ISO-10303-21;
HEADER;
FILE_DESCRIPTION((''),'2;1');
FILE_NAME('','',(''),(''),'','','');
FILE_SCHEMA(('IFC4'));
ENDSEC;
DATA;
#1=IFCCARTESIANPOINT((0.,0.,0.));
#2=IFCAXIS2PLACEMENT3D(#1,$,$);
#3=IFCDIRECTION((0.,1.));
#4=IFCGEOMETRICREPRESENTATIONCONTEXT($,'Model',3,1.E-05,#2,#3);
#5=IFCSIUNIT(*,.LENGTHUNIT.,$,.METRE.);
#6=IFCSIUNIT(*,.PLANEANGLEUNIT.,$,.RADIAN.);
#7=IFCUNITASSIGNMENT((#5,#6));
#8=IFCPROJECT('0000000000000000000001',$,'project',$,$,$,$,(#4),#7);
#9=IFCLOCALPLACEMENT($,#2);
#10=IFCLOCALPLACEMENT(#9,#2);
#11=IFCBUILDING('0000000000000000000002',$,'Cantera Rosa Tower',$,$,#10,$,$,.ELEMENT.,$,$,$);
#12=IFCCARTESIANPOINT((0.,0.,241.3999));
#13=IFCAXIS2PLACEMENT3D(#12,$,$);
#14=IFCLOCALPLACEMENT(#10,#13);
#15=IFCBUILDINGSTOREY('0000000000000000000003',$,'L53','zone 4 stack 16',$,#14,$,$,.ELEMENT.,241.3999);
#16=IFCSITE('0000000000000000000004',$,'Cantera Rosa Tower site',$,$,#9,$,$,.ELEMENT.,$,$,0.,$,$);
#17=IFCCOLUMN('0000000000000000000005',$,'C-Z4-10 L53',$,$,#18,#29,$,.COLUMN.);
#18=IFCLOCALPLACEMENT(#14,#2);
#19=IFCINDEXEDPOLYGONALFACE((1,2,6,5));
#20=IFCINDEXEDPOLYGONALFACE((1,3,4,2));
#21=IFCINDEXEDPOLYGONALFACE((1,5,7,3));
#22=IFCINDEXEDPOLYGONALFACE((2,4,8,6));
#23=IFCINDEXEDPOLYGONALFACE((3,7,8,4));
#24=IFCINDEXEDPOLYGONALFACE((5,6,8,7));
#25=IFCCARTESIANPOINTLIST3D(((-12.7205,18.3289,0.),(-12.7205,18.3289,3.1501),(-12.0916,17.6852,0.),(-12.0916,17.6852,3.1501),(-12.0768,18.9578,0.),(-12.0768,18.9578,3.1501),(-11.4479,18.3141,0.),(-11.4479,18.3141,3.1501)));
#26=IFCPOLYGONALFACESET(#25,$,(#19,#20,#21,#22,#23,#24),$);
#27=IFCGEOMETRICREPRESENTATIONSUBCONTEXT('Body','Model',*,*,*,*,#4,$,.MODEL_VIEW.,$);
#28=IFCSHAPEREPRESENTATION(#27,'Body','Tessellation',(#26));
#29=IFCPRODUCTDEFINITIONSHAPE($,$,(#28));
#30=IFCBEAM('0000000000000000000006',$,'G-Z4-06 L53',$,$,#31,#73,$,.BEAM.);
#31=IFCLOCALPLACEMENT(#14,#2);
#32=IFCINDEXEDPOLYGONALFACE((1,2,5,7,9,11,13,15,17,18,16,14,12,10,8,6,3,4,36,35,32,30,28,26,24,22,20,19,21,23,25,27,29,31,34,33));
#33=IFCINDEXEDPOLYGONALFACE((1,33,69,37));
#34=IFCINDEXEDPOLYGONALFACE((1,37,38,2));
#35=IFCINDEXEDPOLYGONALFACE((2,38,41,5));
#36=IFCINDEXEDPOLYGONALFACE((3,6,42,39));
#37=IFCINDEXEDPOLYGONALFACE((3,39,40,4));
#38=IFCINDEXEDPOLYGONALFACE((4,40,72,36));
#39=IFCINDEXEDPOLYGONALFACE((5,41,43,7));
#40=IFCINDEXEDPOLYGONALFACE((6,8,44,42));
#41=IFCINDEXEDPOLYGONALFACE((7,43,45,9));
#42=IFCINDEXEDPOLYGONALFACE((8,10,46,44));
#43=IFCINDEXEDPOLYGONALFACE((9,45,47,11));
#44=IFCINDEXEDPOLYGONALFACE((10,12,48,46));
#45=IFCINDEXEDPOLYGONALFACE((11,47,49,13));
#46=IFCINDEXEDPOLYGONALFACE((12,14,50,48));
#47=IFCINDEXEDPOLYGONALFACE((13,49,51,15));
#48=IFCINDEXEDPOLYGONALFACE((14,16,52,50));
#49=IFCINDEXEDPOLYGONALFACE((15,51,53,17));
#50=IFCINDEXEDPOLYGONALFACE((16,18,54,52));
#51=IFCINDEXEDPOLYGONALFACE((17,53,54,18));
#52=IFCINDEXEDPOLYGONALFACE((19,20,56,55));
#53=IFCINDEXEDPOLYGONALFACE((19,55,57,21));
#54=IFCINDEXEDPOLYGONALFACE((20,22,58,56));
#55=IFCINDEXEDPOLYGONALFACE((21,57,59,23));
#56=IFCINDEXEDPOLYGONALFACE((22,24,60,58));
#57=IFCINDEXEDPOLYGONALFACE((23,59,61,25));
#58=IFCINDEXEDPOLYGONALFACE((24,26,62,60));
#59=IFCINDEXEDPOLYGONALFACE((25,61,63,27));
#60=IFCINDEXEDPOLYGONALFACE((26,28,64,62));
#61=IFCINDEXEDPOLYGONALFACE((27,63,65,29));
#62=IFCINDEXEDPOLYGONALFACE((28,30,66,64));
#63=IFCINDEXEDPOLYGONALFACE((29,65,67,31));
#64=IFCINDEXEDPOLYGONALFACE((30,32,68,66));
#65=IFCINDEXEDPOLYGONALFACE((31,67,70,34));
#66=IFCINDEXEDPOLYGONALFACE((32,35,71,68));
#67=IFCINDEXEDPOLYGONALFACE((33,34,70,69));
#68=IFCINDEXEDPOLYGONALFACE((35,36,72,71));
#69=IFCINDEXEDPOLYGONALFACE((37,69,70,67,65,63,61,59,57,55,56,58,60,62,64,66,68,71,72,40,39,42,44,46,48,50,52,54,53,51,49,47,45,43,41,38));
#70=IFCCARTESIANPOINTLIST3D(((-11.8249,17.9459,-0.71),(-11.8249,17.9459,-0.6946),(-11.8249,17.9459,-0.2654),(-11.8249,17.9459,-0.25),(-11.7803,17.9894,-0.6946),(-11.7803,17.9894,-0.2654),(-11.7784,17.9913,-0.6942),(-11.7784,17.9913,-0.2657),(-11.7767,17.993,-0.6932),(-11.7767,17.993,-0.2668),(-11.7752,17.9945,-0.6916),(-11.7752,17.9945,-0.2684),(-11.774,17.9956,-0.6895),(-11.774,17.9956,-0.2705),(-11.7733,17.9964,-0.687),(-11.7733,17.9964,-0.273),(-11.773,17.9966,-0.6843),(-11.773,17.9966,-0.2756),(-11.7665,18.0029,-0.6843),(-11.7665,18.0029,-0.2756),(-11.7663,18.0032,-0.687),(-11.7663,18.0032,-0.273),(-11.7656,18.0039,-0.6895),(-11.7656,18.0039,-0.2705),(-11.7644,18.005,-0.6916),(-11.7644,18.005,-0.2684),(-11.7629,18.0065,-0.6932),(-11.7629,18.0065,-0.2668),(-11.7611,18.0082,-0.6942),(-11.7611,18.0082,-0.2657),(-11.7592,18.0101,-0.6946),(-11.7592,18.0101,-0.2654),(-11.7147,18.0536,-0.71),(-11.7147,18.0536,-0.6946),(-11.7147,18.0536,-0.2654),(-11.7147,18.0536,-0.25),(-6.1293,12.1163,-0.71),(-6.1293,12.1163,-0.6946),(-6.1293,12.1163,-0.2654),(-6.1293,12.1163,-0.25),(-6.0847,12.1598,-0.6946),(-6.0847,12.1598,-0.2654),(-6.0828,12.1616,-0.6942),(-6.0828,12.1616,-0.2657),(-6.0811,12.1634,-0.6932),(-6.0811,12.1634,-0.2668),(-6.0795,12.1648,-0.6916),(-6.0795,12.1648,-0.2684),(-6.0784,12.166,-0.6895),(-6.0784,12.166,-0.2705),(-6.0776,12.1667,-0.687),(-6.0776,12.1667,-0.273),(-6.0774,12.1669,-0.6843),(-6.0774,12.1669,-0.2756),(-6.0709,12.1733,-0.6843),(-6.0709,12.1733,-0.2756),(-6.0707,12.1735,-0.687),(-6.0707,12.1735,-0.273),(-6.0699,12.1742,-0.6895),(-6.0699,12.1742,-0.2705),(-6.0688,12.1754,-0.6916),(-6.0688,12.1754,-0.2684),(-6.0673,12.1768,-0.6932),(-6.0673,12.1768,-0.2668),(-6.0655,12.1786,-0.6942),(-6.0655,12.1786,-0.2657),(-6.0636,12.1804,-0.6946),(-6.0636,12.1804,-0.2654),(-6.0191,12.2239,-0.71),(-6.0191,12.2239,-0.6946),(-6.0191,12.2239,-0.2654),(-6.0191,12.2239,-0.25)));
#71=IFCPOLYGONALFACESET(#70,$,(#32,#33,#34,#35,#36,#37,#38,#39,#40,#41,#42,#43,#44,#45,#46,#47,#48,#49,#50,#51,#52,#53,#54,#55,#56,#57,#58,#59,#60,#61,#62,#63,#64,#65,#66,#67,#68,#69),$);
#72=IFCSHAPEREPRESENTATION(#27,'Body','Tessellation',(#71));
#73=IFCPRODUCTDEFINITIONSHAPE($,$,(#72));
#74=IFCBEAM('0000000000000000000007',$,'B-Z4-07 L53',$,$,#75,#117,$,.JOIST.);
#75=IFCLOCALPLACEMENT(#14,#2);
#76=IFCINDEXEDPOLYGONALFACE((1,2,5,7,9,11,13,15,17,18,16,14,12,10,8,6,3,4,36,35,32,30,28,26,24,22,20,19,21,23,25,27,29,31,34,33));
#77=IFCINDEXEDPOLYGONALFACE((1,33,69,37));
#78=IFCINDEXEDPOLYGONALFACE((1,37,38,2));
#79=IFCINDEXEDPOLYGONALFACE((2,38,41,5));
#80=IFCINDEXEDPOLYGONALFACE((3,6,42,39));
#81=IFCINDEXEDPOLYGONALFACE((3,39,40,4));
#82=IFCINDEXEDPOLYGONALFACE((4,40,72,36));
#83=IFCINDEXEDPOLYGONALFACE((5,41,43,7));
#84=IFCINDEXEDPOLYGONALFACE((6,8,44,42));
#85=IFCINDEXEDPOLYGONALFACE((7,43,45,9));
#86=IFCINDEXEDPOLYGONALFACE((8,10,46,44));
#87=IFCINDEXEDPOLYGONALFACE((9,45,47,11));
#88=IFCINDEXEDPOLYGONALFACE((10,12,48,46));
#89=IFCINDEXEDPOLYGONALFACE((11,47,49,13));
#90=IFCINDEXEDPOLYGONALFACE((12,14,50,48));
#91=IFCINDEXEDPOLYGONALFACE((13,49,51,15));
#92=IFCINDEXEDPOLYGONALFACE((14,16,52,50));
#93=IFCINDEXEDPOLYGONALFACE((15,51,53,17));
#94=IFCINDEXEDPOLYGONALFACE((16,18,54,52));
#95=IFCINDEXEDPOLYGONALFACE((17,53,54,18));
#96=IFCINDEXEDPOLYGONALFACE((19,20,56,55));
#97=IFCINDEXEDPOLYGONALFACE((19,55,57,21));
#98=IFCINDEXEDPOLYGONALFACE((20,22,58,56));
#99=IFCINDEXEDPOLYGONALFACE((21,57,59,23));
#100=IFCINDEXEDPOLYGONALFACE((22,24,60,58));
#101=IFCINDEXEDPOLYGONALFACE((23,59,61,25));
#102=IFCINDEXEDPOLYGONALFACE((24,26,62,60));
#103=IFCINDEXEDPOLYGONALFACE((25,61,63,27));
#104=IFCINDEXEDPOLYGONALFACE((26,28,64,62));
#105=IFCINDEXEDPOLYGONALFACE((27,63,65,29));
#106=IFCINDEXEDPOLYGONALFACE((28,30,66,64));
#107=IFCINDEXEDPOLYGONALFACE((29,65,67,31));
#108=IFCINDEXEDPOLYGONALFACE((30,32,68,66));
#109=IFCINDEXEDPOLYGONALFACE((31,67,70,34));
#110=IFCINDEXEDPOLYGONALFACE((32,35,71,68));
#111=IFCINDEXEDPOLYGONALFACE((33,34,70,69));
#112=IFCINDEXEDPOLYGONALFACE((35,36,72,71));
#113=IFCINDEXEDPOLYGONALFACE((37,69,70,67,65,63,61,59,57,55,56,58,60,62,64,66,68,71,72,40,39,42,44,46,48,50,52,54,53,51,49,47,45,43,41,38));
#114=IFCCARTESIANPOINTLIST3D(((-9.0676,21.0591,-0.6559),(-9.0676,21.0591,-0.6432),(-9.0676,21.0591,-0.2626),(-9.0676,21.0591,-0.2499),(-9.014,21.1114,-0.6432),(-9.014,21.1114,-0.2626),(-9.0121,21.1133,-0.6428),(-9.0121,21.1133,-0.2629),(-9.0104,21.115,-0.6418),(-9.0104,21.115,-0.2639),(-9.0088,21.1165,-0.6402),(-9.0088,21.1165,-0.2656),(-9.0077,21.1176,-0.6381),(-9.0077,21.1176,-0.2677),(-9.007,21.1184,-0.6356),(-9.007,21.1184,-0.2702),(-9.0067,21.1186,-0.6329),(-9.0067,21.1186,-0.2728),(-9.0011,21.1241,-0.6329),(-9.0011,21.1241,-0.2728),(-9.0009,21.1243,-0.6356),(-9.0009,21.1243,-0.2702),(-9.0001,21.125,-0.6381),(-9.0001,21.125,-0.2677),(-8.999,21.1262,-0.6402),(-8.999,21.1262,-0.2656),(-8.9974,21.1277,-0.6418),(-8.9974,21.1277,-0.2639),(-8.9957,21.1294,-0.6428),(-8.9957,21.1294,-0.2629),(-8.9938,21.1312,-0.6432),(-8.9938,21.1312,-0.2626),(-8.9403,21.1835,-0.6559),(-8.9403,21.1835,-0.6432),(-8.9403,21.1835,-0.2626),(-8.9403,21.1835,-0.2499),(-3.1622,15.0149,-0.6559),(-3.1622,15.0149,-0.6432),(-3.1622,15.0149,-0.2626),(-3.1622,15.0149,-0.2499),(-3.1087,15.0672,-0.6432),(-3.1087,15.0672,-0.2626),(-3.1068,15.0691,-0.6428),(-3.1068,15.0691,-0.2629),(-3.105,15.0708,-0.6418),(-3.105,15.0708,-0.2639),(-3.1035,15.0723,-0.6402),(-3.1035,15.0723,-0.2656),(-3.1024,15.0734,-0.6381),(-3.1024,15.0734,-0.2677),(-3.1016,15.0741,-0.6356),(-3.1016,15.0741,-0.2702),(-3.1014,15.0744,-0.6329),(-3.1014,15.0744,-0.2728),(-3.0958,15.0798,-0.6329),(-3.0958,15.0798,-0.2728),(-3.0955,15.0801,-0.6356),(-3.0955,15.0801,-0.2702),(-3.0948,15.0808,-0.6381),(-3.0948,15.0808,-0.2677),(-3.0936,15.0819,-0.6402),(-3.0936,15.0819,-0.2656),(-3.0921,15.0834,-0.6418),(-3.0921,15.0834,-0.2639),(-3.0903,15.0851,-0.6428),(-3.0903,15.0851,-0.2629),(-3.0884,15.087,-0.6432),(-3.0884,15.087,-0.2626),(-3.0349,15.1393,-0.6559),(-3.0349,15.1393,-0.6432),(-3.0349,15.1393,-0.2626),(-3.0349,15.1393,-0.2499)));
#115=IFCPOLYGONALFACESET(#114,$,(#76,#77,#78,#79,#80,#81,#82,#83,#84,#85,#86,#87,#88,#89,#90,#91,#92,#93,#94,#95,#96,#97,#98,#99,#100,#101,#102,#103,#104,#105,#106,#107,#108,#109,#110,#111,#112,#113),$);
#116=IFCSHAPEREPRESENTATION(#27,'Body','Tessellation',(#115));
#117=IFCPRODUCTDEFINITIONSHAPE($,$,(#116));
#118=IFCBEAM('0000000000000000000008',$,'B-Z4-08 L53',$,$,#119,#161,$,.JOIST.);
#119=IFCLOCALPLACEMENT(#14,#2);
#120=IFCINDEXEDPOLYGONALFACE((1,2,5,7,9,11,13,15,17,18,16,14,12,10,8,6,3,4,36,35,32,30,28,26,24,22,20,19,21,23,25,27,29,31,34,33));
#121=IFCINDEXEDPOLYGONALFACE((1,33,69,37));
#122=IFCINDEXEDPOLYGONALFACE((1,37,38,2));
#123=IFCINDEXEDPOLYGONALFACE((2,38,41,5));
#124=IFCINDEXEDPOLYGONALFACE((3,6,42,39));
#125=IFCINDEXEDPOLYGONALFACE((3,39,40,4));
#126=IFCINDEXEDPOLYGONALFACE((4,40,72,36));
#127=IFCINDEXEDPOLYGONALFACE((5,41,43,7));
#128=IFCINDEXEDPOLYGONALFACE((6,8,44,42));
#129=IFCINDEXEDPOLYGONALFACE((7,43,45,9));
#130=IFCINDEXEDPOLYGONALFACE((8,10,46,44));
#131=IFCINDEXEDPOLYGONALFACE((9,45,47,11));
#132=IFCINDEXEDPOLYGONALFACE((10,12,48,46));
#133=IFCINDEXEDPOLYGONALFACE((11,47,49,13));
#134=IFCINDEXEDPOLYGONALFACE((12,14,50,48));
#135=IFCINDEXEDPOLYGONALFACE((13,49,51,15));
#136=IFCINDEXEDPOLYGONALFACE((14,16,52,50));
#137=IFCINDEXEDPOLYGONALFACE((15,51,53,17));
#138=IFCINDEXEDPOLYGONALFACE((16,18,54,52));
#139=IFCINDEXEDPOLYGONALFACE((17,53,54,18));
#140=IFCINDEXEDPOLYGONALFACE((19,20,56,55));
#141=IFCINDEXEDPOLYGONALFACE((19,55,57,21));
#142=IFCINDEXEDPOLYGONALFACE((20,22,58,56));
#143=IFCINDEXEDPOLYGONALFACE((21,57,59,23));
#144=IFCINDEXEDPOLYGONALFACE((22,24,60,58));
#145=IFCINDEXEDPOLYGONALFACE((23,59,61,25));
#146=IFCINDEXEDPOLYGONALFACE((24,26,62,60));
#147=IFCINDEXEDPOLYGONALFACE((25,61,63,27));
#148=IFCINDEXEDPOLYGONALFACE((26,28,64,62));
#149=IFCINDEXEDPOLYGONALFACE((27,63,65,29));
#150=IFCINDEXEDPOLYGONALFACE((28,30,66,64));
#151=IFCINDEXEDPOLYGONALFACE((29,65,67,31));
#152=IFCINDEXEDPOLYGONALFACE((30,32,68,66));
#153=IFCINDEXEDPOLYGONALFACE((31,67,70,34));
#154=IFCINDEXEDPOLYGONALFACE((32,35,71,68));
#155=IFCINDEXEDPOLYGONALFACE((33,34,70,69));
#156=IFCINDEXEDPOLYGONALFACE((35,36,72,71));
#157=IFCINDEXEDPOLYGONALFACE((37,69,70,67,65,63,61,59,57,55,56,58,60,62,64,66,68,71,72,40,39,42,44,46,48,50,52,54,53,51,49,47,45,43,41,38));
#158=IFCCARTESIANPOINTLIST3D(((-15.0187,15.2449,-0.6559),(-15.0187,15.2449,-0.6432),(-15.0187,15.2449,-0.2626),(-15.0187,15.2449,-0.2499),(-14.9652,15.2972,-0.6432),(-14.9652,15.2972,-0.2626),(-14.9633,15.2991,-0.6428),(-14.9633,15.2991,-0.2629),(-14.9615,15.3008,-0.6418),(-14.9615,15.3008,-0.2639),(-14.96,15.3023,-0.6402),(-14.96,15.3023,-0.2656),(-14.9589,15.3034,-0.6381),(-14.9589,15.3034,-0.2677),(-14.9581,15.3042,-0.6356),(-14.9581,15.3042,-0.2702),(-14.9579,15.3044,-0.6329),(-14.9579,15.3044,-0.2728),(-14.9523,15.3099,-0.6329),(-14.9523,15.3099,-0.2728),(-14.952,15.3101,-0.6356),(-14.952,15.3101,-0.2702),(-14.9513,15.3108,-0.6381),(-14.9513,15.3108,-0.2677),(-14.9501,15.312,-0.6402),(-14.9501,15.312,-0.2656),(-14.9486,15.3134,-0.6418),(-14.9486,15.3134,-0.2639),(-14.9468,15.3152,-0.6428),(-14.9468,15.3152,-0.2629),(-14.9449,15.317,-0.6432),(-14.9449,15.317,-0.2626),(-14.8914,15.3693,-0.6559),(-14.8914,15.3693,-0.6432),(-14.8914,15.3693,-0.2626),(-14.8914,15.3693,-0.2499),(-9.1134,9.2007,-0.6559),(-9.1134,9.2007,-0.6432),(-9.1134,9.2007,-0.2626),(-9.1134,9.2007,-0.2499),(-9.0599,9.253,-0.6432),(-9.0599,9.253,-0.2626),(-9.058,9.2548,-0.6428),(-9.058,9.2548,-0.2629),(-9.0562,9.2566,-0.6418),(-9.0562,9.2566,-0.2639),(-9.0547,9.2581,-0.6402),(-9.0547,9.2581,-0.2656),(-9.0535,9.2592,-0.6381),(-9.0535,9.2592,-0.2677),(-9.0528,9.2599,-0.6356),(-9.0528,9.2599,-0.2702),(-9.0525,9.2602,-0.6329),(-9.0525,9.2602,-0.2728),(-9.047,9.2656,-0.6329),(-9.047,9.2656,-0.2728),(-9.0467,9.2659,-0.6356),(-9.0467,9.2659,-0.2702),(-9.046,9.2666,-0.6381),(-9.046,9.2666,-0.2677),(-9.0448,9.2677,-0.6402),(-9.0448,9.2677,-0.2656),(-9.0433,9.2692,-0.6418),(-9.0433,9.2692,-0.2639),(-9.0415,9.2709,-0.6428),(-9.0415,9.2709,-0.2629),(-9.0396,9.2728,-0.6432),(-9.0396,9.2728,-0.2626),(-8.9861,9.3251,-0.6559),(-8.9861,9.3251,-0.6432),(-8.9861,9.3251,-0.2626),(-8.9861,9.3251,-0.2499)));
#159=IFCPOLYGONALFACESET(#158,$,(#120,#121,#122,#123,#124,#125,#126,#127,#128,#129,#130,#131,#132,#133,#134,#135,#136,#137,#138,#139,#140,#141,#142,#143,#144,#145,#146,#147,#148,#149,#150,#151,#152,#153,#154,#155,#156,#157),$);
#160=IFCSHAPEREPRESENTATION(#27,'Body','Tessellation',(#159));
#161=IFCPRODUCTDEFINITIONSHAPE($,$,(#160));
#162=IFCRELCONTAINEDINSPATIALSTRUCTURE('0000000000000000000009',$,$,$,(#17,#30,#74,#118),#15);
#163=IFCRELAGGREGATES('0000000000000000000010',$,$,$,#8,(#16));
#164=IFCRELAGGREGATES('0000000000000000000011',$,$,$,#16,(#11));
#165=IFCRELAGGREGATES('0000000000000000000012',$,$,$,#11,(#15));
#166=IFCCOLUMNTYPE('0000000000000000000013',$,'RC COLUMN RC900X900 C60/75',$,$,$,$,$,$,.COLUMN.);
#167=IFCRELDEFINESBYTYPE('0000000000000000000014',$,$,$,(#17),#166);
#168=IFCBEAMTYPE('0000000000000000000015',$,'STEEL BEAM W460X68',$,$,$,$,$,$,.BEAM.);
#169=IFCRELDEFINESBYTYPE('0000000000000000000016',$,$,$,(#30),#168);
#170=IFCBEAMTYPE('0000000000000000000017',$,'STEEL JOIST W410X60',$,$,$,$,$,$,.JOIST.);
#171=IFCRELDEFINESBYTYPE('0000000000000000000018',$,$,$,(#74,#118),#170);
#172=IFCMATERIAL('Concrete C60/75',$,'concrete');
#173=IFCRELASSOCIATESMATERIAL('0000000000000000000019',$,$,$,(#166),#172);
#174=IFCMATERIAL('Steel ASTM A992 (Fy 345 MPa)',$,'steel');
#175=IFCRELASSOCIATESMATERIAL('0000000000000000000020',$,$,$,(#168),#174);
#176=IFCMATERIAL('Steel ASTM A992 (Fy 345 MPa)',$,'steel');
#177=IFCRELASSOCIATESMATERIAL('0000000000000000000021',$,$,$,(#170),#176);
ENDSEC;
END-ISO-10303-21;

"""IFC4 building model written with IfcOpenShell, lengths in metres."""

from ifc_helpers import new_model, si_unit, direction, frame, origin, origin_2d, place, context, subcontext, project, spatial, rectangle, i_section, extrude, material, material_profile, profile_set, type_object, element, save


model = new_model("IFC4")

# Units and contexts
model_context = context("Model", 3, precision=1e-05, world=origin(), true_north=direction((0.0, 1.0)))
body_context = subcontext(model_context, "Body", "Model", "MODEL_VIEW")
ifc_project = project(units=[si_unit("LENGTHUNIT", "METRE"), si_unit("PLANEANGLEUNIT", "RADIAN")], contexts=[model_context])

# Site, building, storey
site_placement = place(None, origin())
site = spatial("IfcSite", under=ifc_project, at=site_placement, Name="Cantera Rosa Tower site", CompositionType="ELEMENT", RefElevation=0.0)
building_placement = place(site_placement, origin())
building = spatial("IfcBuilding", under=site, at=building_placement, Name="Cantera Rosa Tower", CompositionType="ELEMENT")
storey_placement = place(building_placement, frame((0.0, 0.0, 241.3999)))
storey = spatial("IfcBuildingStorey", under=building, at=storey_placement, Name="L53", Description="zone 4 stack 16", CompositionType="ELEMENT", Elevation=241.3999)

# Column
ifc_material_1 = material(Name="Concrete C60/75", Category="concrete")
ifc_material_profile_1 = material_profile(ifc_material_1, rectangle(XDim=0.8999, YDim=0.8999, at=origin_2d()), Name="RC COLUMN RC900X900 C60/75")
ifc_profile_set_1 = profile_set([ifc_material_profile_1], Name="Concrete C60/75")
column_type = type_object("IfcColumnType", Name="RC COLUMN RC900X900 C60/75", PredefinedType="COLUMN", material=ifc_profile_set_1)
column_placement = place(storey_placement, frame((-12.0842, 18.3215, 0.0), z_axis=(0.0, 0.0, 1.0), x_axis=(0.715286, 0.698832, 0.0)))
element("IfcColumn", 1, at=column_placement, inside=storey, type_object=column_type, Name="C-Z4-10 L53", PredefinedType="COLUMN", context=body_context, shape_type="SweptSolid", body=[
    extrude(rectangle(XDim=0.8999, YDim=0.8999, at=origin_2d()), origin(), (0.0, 0.0, 1.0), 3.1501),
])

# Beams
ifc_material_2 = material(Name="Steel ASTM A992 (Fy 345 MPa)", Category="steel")
ifc_material_profile_2 = material_profile(ifc_material_2, i_section(OverallWidth=0.1541, OverallDepth=0.46, WebThickness=0.009, FlangeThickness=0.0154, FilletRadius=0.0103, at=origin_2d()), Name="W460X68")
ifc_profile_set_2 = profile_set([ifc_material_profile_2], Name="Steel ASTM A992 (Fy 345 MPa)")
beam_type_1 = type_object("IfcBeamType", Name="STEEL BEAM W460X68", PredefinedType="BEAM", material=ifc_profile_set_2)
beam_1_placement = place(storey_placement, frame((-11.7698, 17.9998, -0.48), z_axis=(0.698836, -0.715282, 0.0), x_axis=(0.715282, 0.698836, 0.0)))
element("IfcBeam", 2, at=beam_1_placement, inside=storey, type_object=beam_type_1, Name="G-Z4-06 L53", PredefinedType="BEAM", context=body_context, shape_type="SweptSolid", body=[
    extrude(i_section(OverallWidth=0.1541, OverallDepth=0.46, WebThickness=0.009, FlangeThickness=0.0154, FilletRadius=0.0103, at=origin_2d()), origin(), (0.0, 0.0, 1.0), 8.1501),
])
ifc_material_3 = material(Name="Steel ASTM A992 (Fy 345 MPa)", Category="steel")
ifc_material_profile_3 = material_profile(ifc_material_3, i_section(OverallWidth=0.178, OverallDepth=0.406, WebThickness=0.0078, FlangeThickness=0.0127, FilletRadius=0.0103, at=origin_2d()), Name="W410X60")
ifc_profile_set_3 = profile_set([ifc_material_profile_3], Name="Steel ASTM A992 (Fy 345 MPa)")
beam_type_2 = type_object("IfcBeamType", Name="STEEL JOIST W410X60", PredefinedType="JOIST", material=ifc_profile_set_3)
for number, where, z_axis, x_axis, name in (
    (3, (-9.0039, 21.1213, -0.4529), (0.698839, -0.715279, 0.0), (0.715279, 0.698839, 0.0), "B-Z4-07 L53"),
    (4, (-14.9551, 15.3071, -0.4529), (0.698839, -0.715279, 0.0), (0.715279, 0.698839, 0.0), "B-Z4-08 L53"),
):
    element("IfcBeam", number, at=place(storey_placement, frame(where, z_axis=z_axis, x_axis=x_axis)), inside=storey, type_object=beam_type_2, Name=name, PredefinedType="JOIST", context=body_context, shape_type="SweptSolid", body=[
        extrude(i_section(OverallWidth=0.178, OverallDepth=0.406, WebThickness=0.0078, FlangeThickness=0.0127, FilletRadius=0.0103, at=origin_2d()), origin(), (0.0, 0.0, 1.0), 8.4502),
    ])

save(model, "model.ifc")
